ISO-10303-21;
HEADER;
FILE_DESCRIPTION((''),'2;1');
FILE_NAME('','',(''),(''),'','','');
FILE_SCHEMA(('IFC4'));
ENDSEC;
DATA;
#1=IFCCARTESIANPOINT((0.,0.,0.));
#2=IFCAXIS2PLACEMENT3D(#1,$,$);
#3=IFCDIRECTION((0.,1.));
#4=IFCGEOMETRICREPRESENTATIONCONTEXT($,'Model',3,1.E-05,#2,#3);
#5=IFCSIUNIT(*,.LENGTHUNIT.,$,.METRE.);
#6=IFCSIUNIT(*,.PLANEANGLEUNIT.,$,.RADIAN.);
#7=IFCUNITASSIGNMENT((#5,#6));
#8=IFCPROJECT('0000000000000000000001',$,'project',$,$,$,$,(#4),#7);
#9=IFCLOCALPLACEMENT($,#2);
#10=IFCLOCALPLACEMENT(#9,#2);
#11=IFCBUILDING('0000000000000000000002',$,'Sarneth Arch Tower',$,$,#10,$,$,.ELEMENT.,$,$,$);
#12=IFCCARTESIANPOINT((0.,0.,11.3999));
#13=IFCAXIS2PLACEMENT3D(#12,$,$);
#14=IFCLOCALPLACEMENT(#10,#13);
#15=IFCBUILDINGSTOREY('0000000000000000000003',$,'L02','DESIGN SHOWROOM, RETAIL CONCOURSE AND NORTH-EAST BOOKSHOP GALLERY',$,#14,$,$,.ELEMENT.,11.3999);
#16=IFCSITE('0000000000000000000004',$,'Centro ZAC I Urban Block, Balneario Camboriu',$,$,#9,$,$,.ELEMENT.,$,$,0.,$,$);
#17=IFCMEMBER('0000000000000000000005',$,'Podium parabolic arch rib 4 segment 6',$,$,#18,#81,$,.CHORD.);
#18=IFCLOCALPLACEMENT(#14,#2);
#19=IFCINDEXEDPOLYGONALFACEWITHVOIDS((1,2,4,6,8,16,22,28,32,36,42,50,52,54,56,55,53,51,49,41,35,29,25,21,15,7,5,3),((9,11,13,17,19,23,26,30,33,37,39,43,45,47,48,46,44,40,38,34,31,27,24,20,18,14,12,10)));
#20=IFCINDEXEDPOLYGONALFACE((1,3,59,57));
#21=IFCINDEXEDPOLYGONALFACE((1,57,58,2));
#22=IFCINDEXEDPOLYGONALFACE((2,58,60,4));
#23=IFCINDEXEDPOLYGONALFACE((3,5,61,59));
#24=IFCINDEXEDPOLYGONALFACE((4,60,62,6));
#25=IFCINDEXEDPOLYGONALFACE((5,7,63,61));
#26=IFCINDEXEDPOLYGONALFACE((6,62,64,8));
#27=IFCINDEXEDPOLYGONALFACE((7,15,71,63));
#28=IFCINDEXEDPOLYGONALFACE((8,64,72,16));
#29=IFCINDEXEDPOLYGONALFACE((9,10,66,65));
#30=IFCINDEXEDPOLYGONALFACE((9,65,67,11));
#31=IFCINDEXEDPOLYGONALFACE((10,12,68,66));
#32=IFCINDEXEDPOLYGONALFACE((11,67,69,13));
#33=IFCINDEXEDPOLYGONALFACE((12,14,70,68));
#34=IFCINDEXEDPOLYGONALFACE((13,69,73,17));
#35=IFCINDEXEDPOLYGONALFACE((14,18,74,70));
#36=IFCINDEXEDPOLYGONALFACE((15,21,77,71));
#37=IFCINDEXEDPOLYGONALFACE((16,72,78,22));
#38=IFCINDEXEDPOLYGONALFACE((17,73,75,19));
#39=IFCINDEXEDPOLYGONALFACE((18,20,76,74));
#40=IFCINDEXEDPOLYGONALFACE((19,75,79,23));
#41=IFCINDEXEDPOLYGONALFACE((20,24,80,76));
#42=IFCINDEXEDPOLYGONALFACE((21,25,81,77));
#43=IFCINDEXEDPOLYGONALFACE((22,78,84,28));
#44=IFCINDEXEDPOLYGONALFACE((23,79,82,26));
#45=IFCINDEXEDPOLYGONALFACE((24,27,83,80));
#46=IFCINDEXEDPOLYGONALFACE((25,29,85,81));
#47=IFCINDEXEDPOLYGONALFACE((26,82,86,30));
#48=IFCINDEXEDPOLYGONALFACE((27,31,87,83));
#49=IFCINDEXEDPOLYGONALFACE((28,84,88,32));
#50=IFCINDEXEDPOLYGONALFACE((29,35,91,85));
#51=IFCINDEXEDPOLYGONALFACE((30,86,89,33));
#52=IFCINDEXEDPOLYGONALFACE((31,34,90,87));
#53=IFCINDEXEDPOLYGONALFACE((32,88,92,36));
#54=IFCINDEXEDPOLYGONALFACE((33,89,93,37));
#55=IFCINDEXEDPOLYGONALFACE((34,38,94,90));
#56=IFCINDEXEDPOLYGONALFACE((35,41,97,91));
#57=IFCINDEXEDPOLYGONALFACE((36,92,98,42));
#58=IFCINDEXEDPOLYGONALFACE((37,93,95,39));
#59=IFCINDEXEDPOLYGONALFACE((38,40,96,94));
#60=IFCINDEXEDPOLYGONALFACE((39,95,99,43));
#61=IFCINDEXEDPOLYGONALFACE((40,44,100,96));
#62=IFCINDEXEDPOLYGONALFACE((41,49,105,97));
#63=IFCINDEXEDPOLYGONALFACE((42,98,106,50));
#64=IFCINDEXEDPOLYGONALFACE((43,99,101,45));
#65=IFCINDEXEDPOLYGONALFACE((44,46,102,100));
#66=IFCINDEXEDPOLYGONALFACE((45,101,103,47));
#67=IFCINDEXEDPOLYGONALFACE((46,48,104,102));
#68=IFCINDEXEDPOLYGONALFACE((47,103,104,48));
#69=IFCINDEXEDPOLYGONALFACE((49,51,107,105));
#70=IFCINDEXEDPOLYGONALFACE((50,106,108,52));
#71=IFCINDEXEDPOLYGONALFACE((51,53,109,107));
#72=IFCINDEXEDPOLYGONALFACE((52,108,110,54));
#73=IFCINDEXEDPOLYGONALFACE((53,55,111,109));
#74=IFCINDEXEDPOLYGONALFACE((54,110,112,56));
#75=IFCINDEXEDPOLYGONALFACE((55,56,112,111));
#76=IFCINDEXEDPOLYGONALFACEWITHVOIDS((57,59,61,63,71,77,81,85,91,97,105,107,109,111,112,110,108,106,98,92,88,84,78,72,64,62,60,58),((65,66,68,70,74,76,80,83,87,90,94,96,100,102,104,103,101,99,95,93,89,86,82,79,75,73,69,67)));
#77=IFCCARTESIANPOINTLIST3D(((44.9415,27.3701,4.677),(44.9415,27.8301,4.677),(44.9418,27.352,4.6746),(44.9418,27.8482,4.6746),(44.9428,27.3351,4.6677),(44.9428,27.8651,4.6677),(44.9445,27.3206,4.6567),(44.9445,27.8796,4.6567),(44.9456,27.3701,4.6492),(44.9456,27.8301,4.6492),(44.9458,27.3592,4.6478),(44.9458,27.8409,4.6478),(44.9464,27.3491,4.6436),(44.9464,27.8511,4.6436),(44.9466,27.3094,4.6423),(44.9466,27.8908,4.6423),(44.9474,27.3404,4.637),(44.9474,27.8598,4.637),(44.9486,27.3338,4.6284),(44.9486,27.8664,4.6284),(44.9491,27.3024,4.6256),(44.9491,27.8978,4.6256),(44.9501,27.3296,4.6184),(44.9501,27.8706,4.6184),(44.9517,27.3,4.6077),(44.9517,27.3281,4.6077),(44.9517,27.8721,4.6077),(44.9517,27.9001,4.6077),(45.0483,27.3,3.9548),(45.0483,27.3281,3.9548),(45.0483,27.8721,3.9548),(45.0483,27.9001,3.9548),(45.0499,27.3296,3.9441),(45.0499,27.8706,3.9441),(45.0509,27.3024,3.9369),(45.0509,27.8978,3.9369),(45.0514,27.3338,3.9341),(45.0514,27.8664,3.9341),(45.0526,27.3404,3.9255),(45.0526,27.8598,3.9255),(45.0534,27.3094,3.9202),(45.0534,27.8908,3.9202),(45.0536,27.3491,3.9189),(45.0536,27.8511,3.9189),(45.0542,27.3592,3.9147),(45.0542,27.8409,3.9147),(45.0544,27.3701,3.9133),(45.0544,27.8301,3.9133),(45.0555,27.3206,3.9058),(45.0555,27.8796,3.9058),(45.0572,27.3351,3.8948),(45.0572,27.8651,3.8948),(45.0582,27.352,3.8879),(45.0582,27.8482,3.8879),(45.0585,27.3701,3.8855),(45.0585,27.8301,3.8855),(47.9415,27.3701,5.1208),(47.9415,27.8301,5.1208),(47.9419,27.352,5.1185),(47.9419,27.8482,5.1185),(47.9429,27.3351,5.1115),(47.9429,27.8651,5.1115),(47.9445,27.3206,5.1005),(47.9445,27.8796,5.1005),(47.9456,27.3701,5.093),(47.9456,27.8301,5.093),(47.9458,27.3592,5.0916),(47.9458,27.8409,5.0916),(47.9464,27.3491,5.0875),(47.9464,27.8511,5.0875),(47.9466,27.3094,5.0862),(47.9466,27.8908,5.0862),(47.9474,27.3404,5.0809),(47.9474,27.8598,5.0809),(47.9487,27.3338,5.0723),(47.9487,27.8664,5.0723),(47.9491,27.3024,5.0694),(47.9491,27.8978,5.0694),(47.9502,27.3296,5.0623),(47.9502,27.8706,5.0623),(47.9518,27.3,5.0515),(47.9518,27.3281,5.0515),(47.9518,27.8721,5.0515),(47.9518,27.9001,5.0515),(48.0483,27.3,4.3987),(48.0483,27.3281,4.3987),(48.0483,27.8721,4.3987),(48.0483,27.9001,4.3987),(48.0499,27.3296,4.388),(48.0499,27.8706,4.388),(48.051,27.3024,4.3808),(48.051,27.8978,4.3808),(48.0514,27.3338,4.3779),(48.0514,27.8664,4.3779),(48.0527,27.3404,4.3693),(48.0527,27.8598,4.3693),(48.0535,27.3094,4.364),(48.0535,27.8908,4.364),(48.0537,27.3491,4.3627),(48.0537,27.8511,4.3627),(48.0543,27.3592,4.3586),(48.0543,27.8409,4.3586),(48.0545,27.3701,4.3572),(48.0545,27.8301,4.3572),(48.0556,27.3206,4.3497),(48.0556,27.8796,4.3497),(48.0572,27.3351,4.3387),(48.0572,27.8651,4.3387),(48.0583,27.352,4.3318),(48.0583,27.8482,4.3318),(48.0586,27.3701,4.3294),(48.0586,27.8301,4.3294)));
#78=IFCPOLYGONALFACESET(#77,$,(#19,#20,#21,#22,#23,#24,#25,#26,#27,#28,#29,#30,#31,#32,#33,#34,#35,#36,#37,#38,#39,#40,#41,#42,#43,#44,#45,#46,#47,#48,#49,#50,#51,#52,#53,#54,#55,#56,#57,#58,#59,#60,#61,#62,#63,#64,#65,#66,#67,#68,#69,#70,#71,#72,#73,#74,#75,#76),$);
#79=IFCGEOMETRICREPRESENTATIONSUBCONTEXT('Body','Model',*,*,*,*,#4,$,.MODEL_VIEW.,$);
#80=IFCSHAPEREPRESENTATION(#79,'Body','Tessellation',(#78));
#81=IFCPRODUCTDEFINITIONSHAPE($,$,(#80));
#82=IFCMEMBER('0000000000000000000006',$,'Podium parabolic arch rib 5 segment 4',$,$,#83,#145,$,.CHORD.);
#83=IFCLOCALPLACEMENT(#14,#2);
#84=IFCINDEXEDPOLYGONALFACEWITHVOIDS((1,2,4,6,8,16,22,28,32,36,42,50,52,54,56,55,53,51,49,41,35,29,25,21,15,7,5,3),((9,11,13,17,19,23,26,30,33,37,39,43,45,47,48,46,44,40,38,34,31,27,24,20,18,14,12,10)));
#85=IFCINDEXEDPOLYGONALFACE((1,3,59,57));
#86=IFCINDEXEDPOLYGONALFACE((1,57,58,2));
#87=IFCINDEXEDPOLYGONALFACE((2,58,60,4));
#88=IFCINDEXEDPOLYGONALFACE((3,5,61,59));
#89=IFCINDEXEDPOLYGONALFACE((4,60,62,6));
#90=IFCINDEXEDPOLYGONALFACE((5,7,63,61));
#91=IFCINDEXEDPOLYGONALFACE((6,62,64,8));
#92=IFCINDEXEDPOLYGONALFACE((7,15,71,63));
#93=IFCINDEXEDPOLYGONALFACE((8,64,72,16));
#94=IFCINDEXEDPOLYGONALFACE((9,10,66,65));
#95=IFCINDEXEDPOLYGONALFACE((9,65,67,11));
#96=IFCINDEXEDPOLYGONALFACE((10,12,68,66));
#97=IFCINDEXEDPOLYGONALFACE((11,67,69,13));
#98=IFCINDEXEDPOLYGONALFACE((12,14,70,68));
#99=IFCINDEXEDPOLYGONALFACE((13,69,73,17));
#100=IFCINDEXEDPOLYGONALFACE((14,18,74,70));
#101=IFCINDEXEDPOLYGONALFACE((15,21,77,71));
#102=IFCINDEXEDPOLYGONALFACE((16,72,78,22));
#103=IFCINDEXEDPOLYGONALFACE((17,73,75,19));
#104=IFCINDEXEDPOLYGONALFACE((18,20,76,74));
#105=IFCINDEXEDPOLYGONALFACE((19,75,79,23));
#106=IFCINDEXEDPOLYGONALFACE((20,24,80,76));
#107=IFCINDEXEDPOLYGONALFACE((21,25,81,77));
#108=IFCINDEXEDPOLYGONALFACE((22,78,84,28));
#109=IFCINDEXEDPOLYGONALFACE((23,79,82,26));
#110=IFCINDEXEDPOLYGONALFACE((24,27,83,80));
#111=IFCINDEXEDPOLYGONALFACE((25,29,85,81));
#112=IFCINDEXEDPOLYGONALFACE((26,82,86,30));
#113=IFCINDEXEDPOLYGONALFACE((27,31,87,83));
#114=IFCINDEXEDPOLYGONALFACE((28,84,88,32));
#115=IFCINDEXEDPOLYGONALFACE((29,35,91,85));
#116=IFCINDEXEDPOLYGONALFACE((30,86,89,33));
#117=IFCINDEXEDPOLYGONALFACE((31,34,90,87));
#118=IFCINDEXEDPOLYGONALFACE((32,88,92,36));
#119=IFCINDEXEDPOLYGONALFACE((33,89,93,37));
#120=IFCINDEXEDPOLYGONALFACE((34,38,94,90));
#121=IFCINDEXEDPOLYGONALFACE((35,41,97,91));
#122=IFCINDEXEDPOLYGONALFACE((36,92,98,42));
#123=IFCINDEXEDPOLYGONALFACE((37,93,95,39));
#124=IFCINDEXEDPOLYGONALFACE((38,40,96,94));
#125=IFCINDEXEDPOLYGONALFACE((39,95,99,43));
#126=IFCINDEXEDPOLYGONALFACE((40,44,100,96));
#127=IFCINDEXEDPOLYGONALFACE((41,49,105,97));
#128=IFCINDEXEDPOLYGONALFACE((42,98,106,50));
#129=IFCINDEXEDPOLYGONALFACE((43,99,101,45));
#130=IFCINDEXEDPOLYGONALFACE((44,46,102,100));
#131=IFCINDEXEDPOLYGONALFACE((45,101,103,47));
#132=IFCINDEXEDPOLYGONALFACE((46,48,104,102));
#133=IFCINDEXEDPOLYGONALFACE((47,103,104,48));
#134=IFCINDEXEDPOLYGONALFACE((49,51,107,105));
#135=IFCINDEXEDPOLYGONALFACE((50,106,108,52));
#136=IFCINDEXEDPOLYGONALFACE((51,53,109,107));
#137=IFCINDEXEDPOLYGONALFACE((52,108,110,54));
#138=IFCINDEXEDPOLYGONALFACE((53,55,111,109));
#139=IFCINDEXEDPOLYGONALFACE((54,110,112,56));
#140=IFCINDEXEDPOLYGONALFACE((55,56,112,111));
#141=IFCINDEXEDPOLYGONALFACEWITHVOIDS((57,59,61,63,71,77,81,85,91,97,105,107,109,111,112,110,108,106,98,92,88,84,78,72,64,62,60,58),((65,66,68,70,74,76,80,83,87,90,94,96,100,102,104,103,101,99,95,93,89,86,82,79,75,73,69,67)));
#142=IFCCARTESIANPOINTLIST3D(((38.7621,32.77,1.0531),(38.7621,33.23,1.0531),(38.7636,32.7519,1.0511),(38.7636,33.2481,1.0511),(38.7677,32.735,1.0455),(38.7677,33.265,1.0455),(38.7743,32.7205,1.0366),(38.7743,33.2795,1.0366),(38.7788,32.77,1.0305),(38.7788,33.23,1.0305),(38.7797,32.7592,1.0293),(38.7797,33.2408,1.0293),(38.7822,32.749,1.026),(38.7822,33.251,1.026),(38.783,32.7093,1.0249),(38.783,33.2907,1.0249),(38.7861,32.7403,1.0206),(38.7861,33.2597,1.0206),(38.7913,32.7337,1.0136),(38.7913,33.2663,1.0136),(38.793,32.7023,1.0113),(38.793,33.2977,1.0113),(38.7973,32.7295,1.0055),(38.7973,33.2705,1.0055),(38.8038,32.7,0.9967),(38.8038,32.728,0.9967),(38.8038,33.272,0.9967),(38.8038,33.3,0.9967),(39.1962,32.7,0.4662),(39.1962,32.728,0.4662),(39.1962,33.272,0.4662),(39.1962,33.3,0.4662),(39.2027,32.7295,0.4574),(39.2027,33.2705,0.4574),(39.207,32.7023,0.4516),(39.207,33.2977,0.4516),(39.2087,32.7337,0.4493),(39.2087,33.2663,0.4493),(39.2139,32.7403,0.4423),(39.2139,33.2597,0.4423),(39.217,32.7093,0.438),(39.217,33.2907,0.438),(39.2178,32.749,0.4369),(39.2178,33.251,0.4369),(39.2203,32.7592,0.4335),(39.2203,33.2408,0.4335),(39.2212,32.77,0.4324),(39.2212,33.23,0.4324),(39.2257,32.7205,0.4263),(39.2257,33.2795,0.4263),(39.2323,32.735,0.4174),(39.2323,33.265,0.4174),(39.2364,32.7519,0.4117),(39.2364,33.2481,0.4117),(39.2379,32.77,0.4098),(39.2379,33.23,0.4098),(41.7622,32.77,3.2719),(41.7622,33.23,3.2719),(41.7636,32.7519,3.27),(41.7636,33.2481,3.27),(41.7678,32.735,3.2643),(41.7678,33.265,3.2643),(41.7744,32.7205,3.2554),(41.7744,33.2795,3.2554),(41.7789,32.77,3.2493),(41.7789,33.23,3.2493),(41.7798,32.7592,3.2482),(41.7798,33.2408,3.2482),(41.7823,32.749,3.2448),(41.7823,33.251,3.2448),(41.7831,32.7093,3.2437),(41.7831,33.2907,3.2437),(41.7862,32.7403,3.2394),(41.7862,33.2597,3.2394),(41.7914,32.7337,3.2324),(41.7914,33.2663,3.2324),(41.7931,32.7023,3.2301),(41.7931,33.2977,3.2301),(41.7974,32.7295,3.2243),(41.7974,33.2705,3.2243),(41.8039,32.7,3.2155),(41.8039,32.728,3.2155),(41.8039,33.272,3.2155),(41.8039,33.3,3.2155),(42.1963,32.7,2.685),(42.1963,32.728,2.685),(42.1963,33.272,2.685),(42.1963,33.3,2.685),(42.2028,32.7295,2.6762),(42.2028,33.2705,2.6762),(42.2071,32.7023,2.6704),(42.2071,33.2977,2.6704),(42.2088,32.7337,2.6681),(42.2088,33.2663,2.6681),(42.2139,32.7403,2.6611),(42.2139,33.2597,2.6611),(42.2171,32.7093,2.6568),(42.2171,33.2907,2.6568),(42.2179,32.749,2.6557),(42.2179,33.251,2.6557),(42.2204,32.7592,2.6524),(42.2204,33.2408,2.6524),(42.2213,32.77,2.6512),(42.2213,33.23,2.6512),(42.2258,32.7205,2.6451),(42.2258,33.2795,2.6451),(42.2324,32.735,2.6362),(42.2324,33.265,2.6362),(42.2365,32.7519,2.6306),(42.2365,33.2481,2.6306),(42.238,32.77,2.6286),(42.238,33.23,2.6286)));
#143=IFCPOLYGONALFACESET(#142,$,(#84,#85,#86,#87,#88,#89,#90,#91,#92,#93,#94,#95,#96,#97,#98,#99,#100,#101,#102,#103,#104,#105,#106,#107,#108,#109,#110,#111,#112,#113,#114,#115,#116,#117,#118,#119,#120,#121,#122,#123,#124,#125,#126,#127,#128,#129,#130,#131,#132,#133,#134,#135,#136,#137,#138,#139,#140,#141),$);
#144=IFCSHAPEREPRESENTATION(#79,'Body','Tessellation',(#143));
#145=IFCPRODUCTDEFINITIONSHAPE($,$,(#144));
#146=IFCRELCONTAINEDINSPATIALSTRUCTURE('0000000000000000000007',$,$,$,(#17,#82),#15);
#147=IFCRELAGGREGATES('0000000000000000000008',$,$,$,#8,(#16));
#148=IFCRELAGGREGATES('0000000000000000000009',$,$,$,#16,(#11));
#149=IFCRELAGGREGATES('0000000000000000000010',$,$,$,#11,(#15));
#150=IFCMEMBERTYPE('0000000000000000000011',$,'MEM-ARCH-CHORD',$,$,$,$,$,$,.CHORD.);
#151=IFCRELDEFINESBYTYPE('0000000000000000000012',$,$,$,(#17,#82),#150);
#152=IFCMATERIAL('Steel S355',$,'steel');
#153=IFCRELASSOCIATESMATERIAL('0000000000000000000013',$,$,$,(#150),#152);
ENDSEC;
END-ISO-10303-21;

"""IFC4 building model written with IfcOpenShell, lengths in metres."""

from ifc_helpers import new_model, si_unit, direction, frame, origin, origin_2d, place, context, subcontext, project, spatial, hollow_rectangle, extrude, material, material_profile, profile_set, type_object, element, save


model = new_model("IFC4")

# Units and contexts
model_context = context("Model", 3, precision=1e-05, world=origin(), true_north=direction((0.0, 1.0)))
body_context = subcontext(model_context, "Body", "Model", "MODEL_VIEW")
ifc_project = project(units=[si_unit("LENGTHUNIT", "METRE"), si_unit("PLANEANGLEUNIT", "RADIAN")], contexts=[model_context])

# Site, building, storey
site_placement = place(None, origin())
site = spatial("IfcSite", under=ifc_project, at=site_placement, Name="Centro ZAC I Urban Block, Balneario Camboriu", CompositionType="ELEMENT", RefElevation=0.0)
building_placement = place(site_placement, origin())
building = spatial("IfcBuilding", under=site, at=building_placement, Name="Sarneth Arch Tower", CompositionType="ELEMENT")
storey_placement = place(building_placement, frame((0.0, 0.0, 11.3999)))
storey = spatial("IfcBuildingStorey", under=building, at=storey_placement, Name="L02", Description="DESIGN SHOWROOM, RETAIL CONCOURSE AND NORTH-EAST BOOKSHOP GALLERY", CompositionType="ELEMENT", Elevation=11.3999)

# Members
ifc_material_1 = material(Name="Steel S355", Category="steel")
ifc_material_profile_1 = material_profile(ifc_material_1, hollow_rectangle(XDim=0.6001, YDim=0.8, WallThickness=0.0281, InnerFilletRadius=0.042, OuterFilletRadius=0.0701, at=origin_2d()), Name="RHS800x600x28")
ifc_profile_set_1 = profile_set([ifc_material_profile_1], Name="Steel S355")
member_type_1 = type_object("IfcMemberType", Name="MEM-ARCH-CHORD", PredefinedType="CHORD", material=ifc_profile_set_1)
member_1_placement = place(storey_placement, frame((45.0, 27.6001, 4.2812), z_axis=(0.989232, 0.0, 0.146356), x_axis=(0.0, 1.0, 0.0)))
element("IfcMember", 1, at=member_1_placement, inside=storey, type_object=member_type_1, Name="Podium parabolic arch rib 4 segment 6", PredefinedType="CHORD", context=body_context, shape_type="SweptSolid", body=[
    extrude(hollow_rectangle(XDim=0.6001, YDim=0.8, WallThickness=0.0281, InnerFilletRadius=0.042, OuterFilletRadius=0.0701, at=origin_2d()), origin(), (0.0, 0.0, 1.0), 3.0327),
])
member_2_placement = place(storey_placement, frame((39.0, 33.0, 0.7314), z_axis=(0.804002, 0.0, 0.594627), x_axis=(0.0, 1.0, 0.0)))
element("IfcMember", 2, at=member_2_placement, inside=storey, type_object=member_type_1, Name="Podium parabolic arch rib 5 segment 4", PredefinedType="CHORD", context=body_context, shape_type="SweptSolid", body=[
    extrude(hollow_rectangle(XDim=0.6001, YDim=0.8, WallThickness=0.0281, InnerFilletRadius=0.042, OuterFilletRadius=0.0701, at=origin_2d()), origin(), (0.0, 0.0, 1.0), 3.7314),
])

save(model, "model.ifc")
